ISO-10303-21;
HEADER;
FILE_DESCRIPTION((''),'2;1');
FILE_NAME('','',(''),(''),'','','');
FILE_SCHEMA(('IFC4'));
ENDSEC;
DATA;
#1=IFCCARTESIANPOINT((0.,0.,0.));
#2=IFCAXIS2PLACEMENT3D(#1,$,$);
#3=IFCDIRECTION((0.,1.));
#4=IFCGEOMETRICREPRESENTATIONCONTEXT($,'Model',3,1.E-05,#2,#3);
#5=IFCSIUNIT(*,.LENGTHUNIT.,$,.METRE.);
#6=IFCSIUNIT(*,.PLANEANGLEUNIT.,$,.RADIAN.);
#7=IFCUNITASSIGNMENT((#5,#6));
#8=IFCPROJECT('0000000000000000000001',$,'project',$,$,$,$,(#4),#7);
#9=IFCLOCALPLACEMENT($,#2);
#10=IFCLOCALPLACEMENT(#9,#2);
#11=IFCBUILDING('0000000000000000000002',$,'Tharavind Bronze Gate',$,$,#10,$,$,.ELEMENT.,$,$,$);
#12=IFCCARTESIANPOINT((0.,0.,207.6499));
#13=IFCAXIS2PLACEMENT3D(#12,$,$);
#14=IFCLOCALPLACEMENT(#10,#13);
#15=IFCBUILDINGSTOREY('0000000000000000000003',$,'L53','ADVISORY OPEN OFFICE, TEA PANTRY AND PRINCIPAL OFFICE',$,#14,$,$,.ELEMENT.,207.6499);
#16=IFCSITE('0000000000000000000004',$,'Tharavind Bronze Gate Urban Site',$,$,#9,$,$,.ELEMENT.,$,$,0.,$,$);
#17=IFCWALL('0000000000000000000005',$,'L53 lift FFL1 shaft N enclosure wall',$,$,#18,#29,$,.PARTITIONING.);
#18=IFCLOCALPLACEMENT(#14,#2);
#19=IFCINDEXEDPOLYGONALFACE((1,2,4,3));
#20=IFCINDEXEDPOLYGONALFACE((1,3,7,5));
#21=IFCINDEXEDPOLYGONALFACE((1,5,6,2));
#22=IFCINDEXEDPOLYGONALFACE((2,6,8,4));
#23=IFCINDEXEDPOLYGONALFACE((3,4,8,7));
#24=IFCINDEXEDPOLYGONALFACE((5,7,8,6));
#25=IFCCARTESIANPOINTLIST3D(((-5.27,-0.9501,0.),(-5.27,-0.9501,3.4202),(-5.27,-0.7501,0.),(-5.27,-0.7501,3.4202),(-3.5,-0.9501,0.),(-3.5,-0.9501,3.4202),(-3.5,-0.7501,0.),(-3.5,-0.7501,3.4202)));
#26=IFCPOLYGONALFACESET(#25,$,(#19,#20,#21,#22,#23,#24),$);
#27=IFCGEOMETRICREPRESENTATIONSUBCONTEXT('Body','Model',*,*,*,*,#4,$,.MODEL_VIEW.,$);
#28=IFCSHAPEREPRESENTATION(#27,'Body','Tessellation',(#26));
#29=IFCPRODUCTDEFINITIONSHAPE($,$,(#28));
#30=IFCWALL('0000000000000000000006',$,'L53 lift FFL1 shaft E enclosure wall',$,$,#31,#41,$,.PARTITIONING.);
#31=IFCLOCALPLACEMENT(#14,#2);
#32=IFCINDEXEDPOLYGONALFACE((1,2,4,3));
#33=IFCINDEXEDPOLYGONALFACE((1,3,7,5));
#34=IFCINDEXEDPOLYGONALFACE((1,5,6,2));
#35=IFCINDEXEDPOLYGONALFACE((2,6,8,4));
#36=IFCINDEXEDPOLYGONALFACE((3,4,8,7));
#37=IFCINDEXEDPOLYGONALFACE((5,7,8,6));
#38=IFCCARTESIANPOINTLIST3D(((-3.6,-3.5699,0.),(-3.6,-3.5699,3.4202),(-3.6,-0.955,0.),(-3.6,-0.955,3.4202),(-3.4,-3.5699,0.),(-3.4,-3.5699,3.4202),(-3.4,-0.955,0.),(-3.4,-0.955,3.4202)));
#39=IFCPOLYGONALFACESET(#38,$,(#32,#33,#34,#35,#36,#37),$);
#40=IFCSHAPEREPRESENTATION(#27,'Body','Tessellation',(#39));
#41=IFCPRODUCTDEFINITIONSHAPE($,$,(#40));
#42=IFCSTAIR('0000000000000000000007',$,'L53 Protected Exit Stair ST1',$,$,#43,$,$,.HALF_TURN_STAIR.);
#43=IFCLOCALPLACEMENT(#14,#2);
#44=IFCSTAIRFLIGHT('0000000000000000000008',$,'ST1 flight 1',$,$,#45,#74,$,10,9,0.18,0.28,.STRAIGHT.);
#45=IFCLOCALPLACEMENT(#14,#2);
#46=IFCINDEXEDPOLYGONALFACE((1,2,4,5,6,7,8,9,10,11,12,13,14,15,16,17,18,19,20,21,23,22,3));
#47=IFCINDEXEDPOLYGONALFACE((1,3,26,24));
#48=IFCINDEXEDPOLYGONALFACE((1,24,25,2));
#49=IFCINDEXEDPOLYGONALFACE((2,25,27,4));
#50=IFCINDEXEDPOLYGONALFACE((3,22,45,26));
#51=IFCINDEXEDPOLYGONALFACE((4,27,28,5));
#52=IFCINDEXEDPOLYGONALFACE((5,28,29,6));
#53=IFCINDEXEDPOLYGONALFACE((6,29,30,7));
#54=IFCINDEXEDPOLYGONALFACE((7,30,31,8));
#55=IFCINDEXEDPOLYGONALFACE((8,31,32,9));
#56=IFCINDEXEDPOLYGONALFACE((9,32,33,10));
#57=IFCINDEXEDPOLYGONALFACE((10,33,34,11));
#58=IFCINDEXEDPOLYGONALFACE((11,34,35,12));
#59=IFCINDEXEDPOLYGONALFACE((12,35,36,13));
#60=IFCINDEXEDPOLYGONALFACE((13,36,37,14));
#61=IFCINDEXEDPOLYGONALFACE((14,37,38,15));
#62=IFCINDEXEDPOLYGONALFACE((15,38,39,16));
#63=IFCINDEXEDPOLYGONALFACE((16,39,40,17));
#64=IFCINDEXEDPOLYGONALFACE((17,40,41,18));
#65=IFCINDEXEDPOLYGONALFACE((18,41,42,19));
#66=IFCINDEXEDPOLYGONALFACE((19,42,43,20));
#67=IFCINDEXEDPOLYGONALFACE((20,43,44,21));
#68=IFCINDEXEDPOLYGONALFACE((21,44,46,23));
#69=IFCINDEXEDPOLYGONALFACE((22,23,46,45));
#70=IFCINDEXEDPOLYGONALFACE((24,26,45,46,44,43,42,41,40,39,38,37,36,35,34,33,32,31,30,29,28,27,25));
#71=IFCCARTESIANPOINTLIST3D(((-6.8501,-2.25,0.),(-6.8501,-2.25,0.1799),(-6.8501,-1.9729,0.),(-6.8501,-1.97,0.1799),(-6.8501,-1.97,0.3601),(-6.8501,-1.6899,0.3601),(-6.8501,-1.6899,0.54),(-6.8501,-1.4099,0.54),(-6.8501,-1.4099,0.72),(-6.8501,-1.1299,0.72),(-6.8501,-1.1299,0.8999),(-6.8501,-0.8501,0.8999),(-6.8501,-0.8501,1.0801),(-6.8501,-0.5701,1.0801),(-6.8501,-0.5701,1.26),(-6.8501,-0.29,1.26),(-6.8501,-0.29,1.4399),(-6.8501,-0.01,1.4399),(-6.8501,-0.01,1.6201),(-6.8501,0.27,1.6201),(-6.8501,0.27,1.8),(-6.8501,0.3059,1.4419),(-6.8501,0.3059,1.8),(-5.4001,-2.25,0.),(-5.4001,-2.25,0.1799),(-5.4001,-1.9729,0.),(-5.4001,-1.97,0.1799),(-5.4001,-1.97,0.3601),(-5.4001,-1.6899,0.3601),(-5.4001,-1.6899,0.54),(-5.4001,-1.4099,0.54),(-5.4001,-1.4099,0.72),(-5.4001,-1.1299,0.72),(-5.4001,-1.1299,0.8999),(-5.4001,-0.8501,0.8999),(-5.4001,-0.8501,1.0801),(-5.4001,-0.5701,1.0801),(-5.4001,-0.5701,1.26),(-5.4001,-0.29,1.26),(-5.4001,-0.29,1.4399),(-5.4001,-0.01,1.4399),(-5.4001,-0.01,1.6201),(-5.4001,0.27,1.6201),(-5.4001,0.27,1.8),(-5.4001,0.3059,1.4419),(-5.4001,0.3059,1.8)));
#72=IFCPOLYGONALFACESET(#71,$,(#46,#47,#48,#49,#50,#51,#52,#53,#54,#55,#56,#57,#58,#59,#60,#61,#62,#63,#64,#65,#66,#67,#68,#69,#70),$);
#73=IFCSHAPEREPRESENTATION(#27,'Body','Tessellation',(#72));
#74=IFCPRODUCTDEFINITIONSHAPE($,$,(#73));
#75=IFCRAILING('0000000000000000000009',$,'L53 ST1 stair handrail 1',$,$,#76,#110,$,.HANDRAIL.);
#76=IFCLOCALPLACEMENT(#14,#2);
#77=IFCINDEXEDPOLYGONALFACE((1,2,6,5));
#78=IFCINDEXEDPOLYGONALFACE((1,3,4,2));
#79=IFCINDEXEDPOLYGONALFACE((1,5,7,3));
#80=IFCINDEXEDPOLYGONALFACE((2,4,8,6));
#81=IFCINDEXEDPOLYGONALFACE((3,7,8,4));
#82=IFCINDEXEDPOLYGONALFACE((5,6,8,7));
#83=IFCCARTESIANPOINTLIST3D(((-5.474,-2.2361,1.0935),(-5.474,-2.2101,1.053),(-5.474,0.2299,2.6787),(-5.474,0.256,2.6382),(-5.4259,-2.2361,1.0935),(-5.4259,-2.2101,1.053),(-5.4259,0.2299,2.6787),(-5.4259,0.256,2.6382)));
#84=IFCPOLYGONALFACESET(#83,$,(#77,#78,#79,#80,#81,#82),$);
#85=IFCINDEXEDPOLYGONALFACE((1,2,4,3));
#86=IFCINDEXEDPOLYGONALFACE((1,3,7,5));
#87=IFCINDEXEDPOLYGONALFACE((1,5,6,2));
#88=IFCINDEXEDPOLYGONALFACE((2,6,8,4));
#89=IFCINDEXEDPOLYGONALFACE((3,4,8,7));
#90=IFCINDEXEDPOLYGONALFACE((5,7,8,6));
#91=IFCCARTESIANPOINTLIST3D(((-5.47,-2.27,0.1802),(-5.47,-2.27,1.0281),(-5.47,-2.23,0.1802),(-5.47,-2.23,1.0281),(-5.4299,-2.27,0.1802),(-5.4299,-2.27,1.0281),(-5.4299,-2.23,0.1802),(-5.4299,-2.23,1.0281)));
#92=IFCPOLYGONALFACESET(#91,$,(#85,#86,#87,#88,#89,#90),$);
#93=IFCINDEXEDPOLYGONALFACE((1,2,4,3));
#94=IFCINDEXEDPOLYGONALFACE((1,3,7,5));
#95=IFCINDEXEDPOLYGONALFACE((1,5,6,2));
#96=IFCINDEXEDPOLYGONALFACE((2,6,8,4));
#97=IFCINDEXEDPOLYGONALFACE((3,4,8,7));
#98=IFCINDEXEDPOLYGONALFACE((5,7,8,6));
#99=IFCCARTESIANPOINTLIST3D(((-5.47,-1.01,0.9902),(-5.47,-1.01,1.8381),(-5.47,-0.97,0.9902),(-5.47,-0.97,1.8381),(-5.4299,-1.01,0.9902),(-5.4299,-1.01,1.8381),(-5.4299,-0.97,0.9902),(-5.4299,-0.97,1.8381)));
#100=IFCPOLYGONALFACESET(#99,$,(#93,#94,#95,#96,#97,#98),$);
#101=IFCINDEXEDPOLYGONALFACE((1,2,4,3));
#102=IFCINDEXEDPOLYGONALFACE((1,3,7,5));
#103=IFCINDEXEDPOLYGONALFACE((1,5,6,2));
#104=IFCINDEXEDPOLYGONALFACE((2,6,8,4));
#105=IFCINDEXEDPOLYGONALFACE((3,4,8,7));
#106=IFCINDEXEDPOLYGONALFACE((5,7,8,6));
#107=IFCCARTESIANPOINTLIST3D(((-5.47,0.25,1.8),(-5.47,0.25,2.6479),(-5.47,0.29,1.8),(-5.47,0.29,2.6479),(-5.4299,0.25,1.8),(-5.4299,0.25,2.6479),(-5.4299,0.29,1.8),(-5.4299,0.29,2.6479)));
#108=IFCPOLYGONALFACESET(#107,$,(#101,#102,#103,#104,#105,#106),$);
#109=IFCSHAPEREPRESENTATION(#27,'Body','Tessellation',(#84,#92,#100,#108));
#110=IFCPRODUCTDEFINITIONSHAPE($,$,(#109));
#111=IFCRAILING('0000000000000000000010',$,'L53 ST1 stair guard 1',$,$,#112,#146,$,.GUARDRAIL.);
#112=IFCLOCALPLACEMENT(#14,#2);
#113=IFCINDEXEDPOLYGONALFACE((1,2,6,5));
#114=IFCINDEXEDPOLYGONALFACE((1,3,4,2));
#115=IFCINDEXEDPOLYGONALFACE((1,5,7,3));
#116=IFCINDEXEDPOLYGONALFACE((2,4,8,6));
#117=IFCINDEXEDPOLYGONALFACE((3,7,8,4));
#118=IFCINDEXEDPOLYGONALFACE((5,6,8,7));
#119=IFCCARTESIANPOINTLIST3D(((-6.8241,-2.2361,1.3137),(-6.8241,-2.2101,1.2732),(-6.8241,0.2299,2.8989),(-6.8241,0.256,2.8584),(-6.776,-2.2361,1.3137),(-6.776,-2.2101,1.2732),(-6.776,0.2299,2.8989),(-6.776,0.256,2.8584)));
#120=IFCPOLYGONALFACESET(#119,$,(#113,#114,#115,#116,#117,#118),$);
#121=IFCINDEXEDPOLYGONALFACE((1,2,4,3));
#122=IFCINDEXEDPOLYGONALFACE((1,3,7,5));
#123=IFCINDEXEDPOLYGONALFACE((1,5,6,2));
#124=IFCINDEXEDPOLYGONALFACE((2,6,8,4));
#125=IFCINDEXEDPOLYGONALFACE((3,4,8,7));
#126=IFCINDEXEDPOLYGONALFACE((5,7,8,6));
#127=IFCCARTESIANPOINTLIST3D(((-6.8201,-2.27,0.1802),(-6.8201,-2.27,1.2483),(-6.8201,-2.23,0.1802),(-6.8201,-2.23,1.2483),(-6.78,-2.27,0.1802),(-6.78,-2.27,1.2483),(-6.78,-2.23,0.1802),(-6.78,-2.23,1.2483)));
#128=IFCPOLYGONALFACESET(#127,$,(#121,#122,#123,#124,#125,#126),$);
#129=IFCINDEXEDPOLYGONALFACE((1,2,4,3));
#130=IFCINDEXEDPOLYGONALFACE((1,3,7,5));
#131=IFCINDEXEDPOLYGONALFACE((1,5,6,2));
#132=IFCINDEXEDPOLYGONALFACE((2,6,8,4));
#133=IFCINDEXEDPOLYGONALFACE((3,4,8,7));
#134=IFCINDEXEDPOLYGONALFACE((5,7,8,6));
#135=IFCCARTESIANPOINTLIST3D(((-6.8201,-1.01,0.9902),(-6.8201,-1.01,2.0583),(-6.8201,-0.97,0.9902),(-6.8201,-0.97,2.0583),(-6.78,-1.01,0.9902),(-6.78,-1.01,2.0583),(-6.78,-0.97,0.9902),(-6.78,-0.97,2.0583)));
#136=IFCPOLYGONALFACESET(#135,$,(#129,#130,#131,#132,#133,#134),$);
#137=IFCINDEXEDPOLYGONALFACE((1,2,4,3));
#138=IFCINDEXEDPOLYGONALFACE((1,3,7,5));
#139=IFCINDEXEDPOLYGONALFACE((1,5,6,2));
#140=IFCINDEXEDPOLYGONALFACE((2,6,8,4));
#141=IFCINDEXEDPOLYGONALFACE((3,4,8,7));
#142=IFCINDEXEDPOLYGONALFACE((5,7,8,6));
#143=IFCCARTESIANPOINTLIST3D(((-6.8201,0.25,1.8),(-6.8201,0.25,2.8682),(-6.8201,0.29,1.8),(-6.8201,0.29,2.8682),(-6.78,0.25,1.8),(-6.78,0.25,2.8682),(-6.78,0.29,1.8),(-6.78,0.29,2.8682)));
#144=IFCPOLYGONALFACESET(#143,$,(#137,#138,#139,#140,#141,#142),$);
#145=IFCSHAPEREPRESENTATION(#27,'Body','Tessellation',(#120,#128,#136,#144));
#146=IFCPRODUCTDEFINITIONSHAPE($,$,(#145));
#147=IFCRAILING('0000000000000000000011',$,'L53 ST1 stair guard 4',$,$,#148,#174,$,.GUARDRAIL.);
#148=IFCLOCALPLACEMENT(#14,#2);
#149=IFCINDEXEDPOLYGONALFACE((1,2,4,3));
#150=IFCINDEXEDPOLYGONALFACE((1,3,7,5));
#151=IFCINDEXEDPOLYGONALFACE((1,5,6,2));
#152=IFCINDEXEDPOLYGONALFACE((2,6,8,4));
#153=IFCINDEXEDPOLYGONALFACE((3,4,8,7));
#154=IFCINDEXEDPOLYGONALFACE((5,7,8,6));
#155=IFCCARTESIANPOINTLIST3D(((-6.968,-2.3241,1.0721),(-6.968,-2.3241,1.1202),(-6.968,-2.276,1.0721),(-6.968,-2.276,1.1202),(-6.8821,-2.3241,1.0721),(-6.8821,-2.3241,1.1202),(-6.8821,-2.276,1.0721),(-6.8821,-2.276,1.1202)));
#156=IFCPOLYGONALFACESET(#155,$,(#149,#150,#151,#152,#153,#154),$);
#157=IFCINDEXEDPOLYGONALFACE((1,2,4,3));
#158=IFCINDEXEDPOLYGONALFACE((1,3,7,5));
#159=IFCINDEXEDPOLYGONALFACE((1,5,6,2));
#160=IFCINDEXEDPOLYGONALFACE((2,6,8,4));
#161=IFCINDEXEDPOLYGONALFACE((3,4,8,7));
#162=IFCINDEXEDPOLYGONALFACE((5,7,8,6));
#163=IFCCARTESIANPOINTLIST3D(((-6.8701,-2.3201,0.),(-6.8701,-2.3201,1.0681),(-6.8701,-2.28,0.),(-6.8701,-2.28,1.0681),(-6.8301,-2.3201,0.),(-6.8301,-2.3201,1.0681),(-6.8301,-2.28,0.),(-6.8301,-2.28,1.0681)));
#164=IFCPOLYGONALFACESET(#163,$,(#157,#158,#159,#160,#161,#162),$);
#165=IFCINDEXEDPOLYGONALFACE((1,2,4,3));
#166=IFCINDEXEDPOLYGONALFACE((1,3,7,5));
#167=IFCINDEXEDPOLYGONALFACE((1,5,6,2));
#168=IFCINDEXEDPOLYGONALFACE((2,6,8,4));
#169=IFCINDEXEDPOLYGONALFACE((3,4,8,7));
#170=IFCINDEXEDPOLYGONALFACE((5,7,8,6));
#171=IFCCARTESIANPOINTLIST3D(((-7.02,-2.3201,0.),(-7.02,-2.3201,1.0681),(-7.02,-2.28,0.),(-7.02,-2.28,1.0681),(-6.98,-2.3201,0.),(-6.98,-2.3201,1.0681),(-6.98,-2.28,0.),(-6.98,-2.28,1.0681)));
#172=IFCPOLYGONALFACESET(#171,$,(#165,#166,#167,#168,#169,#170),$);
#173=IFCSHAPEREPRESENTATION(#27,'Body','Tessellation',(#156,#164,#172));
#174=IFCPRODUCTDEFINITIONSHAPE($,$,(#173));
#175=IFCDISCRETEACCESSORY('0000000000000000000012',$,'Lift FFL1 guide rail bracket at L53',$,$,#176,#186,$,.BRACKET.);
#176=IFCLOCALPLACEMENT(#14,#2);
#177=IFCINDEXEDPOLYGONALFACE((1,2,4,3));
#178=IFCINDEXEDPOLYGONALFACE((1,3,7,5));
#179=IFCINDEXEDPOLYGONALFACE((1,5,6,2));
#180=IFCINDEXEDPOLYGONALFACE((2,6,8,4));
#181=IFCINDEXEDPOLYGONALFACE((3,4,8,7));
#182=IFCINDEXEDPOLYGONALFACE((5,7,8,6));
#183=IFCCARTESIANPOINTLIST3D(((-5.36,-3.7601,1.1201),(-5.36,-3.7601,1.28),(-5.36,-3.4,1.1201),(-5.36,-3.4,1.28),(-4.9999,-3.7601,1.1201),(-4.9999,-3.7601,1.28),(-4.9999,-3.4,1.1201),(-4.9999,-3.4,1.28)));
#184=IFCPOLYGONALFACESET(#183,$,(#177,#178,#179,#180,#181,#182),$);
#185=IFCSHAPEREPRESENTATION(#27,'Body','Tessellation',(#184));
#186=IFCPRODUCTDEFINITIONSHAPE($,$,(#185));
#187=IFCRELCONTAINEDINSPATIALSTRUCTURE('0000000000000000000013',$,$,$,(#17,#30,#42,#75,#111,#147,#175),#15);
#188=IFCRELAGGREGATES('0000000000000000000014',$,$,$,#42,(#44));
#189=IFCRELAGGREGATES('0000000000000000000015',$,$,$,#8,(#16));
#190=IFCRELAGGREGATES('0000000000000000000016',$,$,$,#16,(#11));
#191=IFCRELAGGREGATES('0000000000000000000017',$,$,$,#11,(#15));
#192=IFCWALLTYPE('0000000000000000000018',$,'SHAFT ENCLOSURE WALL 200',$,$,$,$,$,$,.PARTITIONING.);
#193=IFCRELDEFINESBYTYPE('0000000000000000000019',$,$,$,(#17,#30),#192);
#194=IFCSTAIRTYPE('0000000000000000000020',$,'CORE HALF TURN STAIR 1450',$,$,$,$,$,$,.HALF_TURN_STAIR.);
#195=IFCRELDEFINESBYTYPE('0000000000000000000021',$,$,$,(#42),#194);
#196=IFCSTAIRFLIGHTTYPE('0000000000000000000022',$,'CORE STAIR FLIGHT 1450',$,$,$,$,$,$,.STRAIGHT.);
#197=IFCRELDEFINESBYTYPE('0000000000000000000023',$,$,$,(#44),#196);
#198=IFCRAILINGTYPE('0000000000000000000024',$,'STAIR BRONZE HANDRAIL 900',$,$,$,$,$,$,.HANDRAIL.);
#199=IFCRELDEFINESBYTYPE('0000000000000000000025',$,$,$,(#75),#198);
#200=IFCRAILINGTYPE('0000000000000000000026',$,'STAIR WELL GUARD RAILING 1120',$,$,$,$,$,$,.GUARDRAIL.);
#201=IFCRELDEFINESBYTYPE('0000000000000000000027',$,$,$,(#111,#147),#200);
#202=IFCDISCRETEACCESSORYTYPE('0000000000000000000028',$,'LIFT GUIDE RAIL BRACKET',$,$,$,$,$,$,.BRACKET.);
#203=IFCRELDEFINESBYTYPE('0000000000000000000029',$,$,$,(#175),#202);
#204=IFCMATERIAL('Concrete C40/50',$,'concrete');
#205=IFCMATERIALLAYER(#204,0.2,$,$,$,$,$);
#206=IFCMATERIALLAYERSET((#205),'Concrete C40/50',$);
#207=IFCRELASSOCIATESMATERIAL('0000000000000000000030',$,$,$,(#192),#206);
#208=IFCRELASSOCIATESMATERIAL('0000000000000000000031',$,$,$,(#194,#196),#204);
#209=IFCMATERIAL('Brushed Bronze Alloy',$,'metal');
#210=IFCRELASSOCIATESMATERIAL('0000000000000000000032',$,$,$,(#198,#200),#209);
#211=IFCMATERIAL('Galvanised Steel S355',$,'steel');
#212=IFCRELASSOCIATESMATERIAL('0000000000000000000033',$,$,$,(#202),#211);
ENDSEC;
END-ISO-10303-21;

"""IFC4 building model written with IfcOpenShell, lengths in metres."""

from ifc_helpers import new_model, si_unit, direction, frame, frame_2d, origin, origin_2d, place, context, subcontext, project, spatial, polyline, rectangle, outline, extrude, material, layer, layer_set, type_object, element, aggregate, save


model = new_model("IFC4")

# Units and contexts
model_context = context("Model", 3, precision=1e-05, world=origin(), true_north=direction((0.0, 1.0)))
body_context = subcontext(model_context, "Body", "Model", "MODEL_VIEW")
ifc_project = project(units=[si_unit("LENGTHUNIT", "METRE"), si_unit("PLANEANGLEUNIT", "RADIAN")], contexts=[model_context])

# Site, building, storey
site_placement = place(None, origin())
site = spatial("IfcSite", under=ifc_project, at=site_placement, Name="Tharavind Bronze Gate Urban Site", CompositionType="ELEMENT", RefElevation=0.0)
building_placement = place(site_placement, origin())
building = spatial("IfcBuilding", under=site, at=building_placement, Name="Tharavind Bronze Gate", CompositionType="ELEMENT")
storey_placement = place(building_placement, frame((0.0, 0.0, 207.6499)))
storey = spatial("IfcBuildingStorey", under=building, at=storey_placement, Name="L53", Description="ADVISORY OPEN OFFICE, TEA PANTRY AND PRINCIPAL OFFICE", CompositionType="ELEMENT", Elevation=207.6499)

# Shared definitions
ifc_material_1 = material(Name="Concrete C40/50", Category="concrete")

# Walls
ifc_layer_1 = layer(ifc_material_1, 0.2)
ifc_layer_set_1 = layer_set([ifc_layer_1], Name="Concrete C40/50")
wall_type_1 = type_object("IfcWallType", Name="SHAFT ENCLOSURE WALL 200", PredefinedType="PARTITIONING", material=ifc_layer_set_1)
wall_1_placement = place(storey_placement, frame((-5.27, -0.8501, 0.0), z_axis=(0.0, 0.0, 1.0), x_axis=(1.0, 0.0, 0.0)))
element("IfcWall", 1, at=wall_1_placement, inside=storey, type_object=wall_type_1, Name="L53 lift FFL1 shaft N enclosure wall", PredefinedType="PARTITIONING", context=body_context, shape_type="SweptSolid", body=[
    extrude(rectangle(XDim=1.77, YDim=0.2, at=frame_2d((0.885, 0.0))), origin(), (0.0, 0.0, 1.0), 3.4202),
])
wall_2_placement = place(storey_placement, frame((-3.5, -3.5701, 0.0), z_axis=(0.0, 0.0, 1.0), x_axis=(0.0, 1.0, 0.0)))
element("IfcWall", 2, at=wall_2_placement, inside=storey, type_object=wall_type_1, Name="L53 lift FFL1 shaft E enclosure wall", PredefinedType="PARTITIONING", context=body_context, shape_type="SweptSolid", body=[
    extrude(rectangle(XDim=2.615, YDim=0.2, at=frame_2d((1.3076, 0.0))), origin(), (0.0, 0.0, 1.0), 3.4202),
])

# Stair, stair flight
stair_type = type_object("IfcStairType", Name="CORE HALF TURN STAIR 1450", PredefinedType="HALF_TURN_STAIR", material=ifc_material_1)
stair_placement = place(storey_placement, origin())
stair = element("IfcStair", 3, at=stair_placement, inside=storey, type_object=stair_type, Name="L53 Protected Exit Stair ST1", PredefinedType="HALF_TURN_STAIR")
stair_flight_type = type_object("IfcStairFlightType", Name="CORE STAIR FLIGHT 1450", PredefinedType="STRAIGHT", material=ifc_material_1)
stair_flight_placement = place(storey_placement, frame((-6.125, -2.25, 0.0), z_axis=(0.0, 0.0, 1.0), x_axis=(0.0, 1.0, 0.0)))
stair_flight = element("IfcStairFlight", 4, at=stair_flight_placement, type_object=stair_flight_type, Name="ST1 flight 1", NumberOfRisers=10, NumberOfTreads=9, PredefinedType="STRAIGHT", RiserHeight=0.18, TreadLength=0.28, context=body_context, shape_type="SweptSolid", body=[
    extrude(outline(polyline([(0.0, 0.0), (0.0, 0.1799), (0.28, 0.1799), (0.28, 0.3601), (0.5601, 0.3601), (0.5601, 0.54), (0.8401, 0.54), (0.8401, 0.72), (1.1201, 0.72), (1.1201, 0.8999), (1.3999, 0.8999), (1.3999, 1.0801), (1.6799, 1.0801), (1.6799, 1.26), (1.96, 1.26), (1.96, 1.4399), (2.24, 1.4399), (2.24, 1.6201), (2.52, 1.6201), (2.52, 1.8), (2.5559, 1.8), (2.5559, 1.4419), (0.2771, 0.0), (0.0, 0.0)])), frame((0.0, 0.7251, 0.0), z_axis=(0.0, -1.0, 0.0), x_axis=(1.0, 0.0, 0.0)), (0.0, 0.0, 1.0), 1.45),
])
aggregate(stair, [stair_flight])

# Railings
ifc_material_2 = material(Name="Brushed Bronze Alloy", Category="metal")
railing_type_1 = type_object("IfcRailingType", Name="STAIR BRONZE HANDRAIL 900", PredefinedType="HANDRAIL", material=ifc_material_2)
railing_1_placement = place(storey_placement, frame((-5.45, -2.25, 0.1802)))
element("IfcRailing", 5, at=railing_1_placement, inside=storey, type_object=railing_type_1, Name="L53 ST1 stair handrail 1", PredefinedType="HANDRAIL", context=body_context, shape_type="SweptSolid", body=[
    extrude(rectangle(XDim=0.0481, YDim=0.0481, at=origin_2d()), frame((0.0, 0.0269, 0.8931), z_axis=(0.0, 0.8412, 0.540725), x_axis=(-1.0, 0.0, 0.0)), (0.0, 0.0, 1.0), 2.9316),
    extrude(rectangle(XDim=0.04, YDim=0.04, at=origin_2d()), origin(), (0.0, 0.0, 1.0), 0.8479),
    extrude(rectangle(XDim=0.04, YDim=0.04, at=origin_2d()), frame((0.0, 1.26, 0.8101)), (0.0, 0.0, 1.0), 0.8479),
    extrude(rectangle(XDim=0.04, YDim=0.04, at=origin_2d()), frame((0.0, 2.52, 1.6199)), (0.0, 0.0, 1.0), 0.8479),
])
railing_type_2 = type_object("IfcRailingType", Name="STAIR WELL GUARD RAILING 1120", PredefinedType="GUARDRAIL", material=ifc_material_2)
railing_2_placement = place(storey_placement, frame((-6.8, -2.25, 0.1802)))
element("IfcRailing", 6, at=railing_2_placement, inside=storey, type_object=railing_type_2, Name="L53 ST1 stair guard 1", PredefinedType="GUARDRAIL", context=body_context, shape_type="SweptSolid", body=[
    extrude(rectangle(XDim=0.0481, YDim=0.0481, at=origin_2d()), frame((0.0, 0.0269, 1.1133), z_axis=(0.0, 0.8412, 0.540725), x_axis=(-1.0, 0.0, 0.0)), (0.0, 0.0, 1.0), 2.9316),
    extrude(rectangle(XDim=0.04, YDim=0.04, at=origin_2d()), origin(), (0.0, 0.0, 1.0), 1.0681),
    extrude(rectangle(XDim=0.04, YDim=0.04, at=origin_2d()), frame((0.0, 1.26, 0.8101)), (0.0, 0.0, 1.0), 1.0681),
    extrude(rectangle(XDim=0.04, YDim=0.04, at=origin_2d()), frame((0.0, 2.52, 1.6199)), (0.0, 0.0, 1.0), 1.0681),
])
railing_3_placement = place(storey_placement, frame((-6.8501, -2.3, 0.0)))
element("IfcRailing", 7, at=railing_3_placement, inside=storey, type_object=railing_type_2, Name="L53 ST1 stair guard 4", PredefinedType="GUARDRAIL", context=body_context, shape_type="SweptSolid", body=[
    extrude(rectangle(XDim=0.0481, YDim=0.0481, at=origin_2d()), frame((-0.032, 0.0, 1.0962), z_axis=(-1.0, 0.0, 0.0), x_axis=(0.0, -1.0, 0.0)), (0.0, 0.0, 1.0), 0.0859),
    extrude(rectangle(XDim=0.04, YDim=0.04, at=origin_2d()), origin(), (0.0, 0.0, 1.0), 1.0681),
    extrude(rectangle(XDim=0.04, YDim=0.04, at=origin_2d()), frame((-0.1499, 0.0, 0.0)), (0.0, 0.0, 1.0), 1.0681),
])

# Discrete accessory
ifc_material_3 = material(Name="Galvanised Steel S355", Category="steel")
discrete_accessory_type = type_object("IfcDiscreteAccessoryType", Name="LIFT GUIDE RAIL BRACKET", PredefinedType="BRACKET", material=ifc_material_3)
discrete_accessory_placement = place(storey_placement, frame((-5.1799, -3.5801, 1.1201), z_axis=(0.0, 0.0, 1.0), x_axis=(1.0, 0.0, 0.0)))
element("IfcDiscreteAccessory", 8, at=discrete_accessory_placement, inside=storey, type_object=discrete_accessory_type, Name="Lift FFL1 guide rail bracket at L53", PredefinedType="BRACKET", context=body_context, shape_type="SweptSolid", body=[
    extrude(rectangle(XDim=0.3601, YDim=0.3601, at=origin_2d()), origin(), (0.0, 0.0, 1.0), 0.1599),
])

save(model, "model.ifc")
